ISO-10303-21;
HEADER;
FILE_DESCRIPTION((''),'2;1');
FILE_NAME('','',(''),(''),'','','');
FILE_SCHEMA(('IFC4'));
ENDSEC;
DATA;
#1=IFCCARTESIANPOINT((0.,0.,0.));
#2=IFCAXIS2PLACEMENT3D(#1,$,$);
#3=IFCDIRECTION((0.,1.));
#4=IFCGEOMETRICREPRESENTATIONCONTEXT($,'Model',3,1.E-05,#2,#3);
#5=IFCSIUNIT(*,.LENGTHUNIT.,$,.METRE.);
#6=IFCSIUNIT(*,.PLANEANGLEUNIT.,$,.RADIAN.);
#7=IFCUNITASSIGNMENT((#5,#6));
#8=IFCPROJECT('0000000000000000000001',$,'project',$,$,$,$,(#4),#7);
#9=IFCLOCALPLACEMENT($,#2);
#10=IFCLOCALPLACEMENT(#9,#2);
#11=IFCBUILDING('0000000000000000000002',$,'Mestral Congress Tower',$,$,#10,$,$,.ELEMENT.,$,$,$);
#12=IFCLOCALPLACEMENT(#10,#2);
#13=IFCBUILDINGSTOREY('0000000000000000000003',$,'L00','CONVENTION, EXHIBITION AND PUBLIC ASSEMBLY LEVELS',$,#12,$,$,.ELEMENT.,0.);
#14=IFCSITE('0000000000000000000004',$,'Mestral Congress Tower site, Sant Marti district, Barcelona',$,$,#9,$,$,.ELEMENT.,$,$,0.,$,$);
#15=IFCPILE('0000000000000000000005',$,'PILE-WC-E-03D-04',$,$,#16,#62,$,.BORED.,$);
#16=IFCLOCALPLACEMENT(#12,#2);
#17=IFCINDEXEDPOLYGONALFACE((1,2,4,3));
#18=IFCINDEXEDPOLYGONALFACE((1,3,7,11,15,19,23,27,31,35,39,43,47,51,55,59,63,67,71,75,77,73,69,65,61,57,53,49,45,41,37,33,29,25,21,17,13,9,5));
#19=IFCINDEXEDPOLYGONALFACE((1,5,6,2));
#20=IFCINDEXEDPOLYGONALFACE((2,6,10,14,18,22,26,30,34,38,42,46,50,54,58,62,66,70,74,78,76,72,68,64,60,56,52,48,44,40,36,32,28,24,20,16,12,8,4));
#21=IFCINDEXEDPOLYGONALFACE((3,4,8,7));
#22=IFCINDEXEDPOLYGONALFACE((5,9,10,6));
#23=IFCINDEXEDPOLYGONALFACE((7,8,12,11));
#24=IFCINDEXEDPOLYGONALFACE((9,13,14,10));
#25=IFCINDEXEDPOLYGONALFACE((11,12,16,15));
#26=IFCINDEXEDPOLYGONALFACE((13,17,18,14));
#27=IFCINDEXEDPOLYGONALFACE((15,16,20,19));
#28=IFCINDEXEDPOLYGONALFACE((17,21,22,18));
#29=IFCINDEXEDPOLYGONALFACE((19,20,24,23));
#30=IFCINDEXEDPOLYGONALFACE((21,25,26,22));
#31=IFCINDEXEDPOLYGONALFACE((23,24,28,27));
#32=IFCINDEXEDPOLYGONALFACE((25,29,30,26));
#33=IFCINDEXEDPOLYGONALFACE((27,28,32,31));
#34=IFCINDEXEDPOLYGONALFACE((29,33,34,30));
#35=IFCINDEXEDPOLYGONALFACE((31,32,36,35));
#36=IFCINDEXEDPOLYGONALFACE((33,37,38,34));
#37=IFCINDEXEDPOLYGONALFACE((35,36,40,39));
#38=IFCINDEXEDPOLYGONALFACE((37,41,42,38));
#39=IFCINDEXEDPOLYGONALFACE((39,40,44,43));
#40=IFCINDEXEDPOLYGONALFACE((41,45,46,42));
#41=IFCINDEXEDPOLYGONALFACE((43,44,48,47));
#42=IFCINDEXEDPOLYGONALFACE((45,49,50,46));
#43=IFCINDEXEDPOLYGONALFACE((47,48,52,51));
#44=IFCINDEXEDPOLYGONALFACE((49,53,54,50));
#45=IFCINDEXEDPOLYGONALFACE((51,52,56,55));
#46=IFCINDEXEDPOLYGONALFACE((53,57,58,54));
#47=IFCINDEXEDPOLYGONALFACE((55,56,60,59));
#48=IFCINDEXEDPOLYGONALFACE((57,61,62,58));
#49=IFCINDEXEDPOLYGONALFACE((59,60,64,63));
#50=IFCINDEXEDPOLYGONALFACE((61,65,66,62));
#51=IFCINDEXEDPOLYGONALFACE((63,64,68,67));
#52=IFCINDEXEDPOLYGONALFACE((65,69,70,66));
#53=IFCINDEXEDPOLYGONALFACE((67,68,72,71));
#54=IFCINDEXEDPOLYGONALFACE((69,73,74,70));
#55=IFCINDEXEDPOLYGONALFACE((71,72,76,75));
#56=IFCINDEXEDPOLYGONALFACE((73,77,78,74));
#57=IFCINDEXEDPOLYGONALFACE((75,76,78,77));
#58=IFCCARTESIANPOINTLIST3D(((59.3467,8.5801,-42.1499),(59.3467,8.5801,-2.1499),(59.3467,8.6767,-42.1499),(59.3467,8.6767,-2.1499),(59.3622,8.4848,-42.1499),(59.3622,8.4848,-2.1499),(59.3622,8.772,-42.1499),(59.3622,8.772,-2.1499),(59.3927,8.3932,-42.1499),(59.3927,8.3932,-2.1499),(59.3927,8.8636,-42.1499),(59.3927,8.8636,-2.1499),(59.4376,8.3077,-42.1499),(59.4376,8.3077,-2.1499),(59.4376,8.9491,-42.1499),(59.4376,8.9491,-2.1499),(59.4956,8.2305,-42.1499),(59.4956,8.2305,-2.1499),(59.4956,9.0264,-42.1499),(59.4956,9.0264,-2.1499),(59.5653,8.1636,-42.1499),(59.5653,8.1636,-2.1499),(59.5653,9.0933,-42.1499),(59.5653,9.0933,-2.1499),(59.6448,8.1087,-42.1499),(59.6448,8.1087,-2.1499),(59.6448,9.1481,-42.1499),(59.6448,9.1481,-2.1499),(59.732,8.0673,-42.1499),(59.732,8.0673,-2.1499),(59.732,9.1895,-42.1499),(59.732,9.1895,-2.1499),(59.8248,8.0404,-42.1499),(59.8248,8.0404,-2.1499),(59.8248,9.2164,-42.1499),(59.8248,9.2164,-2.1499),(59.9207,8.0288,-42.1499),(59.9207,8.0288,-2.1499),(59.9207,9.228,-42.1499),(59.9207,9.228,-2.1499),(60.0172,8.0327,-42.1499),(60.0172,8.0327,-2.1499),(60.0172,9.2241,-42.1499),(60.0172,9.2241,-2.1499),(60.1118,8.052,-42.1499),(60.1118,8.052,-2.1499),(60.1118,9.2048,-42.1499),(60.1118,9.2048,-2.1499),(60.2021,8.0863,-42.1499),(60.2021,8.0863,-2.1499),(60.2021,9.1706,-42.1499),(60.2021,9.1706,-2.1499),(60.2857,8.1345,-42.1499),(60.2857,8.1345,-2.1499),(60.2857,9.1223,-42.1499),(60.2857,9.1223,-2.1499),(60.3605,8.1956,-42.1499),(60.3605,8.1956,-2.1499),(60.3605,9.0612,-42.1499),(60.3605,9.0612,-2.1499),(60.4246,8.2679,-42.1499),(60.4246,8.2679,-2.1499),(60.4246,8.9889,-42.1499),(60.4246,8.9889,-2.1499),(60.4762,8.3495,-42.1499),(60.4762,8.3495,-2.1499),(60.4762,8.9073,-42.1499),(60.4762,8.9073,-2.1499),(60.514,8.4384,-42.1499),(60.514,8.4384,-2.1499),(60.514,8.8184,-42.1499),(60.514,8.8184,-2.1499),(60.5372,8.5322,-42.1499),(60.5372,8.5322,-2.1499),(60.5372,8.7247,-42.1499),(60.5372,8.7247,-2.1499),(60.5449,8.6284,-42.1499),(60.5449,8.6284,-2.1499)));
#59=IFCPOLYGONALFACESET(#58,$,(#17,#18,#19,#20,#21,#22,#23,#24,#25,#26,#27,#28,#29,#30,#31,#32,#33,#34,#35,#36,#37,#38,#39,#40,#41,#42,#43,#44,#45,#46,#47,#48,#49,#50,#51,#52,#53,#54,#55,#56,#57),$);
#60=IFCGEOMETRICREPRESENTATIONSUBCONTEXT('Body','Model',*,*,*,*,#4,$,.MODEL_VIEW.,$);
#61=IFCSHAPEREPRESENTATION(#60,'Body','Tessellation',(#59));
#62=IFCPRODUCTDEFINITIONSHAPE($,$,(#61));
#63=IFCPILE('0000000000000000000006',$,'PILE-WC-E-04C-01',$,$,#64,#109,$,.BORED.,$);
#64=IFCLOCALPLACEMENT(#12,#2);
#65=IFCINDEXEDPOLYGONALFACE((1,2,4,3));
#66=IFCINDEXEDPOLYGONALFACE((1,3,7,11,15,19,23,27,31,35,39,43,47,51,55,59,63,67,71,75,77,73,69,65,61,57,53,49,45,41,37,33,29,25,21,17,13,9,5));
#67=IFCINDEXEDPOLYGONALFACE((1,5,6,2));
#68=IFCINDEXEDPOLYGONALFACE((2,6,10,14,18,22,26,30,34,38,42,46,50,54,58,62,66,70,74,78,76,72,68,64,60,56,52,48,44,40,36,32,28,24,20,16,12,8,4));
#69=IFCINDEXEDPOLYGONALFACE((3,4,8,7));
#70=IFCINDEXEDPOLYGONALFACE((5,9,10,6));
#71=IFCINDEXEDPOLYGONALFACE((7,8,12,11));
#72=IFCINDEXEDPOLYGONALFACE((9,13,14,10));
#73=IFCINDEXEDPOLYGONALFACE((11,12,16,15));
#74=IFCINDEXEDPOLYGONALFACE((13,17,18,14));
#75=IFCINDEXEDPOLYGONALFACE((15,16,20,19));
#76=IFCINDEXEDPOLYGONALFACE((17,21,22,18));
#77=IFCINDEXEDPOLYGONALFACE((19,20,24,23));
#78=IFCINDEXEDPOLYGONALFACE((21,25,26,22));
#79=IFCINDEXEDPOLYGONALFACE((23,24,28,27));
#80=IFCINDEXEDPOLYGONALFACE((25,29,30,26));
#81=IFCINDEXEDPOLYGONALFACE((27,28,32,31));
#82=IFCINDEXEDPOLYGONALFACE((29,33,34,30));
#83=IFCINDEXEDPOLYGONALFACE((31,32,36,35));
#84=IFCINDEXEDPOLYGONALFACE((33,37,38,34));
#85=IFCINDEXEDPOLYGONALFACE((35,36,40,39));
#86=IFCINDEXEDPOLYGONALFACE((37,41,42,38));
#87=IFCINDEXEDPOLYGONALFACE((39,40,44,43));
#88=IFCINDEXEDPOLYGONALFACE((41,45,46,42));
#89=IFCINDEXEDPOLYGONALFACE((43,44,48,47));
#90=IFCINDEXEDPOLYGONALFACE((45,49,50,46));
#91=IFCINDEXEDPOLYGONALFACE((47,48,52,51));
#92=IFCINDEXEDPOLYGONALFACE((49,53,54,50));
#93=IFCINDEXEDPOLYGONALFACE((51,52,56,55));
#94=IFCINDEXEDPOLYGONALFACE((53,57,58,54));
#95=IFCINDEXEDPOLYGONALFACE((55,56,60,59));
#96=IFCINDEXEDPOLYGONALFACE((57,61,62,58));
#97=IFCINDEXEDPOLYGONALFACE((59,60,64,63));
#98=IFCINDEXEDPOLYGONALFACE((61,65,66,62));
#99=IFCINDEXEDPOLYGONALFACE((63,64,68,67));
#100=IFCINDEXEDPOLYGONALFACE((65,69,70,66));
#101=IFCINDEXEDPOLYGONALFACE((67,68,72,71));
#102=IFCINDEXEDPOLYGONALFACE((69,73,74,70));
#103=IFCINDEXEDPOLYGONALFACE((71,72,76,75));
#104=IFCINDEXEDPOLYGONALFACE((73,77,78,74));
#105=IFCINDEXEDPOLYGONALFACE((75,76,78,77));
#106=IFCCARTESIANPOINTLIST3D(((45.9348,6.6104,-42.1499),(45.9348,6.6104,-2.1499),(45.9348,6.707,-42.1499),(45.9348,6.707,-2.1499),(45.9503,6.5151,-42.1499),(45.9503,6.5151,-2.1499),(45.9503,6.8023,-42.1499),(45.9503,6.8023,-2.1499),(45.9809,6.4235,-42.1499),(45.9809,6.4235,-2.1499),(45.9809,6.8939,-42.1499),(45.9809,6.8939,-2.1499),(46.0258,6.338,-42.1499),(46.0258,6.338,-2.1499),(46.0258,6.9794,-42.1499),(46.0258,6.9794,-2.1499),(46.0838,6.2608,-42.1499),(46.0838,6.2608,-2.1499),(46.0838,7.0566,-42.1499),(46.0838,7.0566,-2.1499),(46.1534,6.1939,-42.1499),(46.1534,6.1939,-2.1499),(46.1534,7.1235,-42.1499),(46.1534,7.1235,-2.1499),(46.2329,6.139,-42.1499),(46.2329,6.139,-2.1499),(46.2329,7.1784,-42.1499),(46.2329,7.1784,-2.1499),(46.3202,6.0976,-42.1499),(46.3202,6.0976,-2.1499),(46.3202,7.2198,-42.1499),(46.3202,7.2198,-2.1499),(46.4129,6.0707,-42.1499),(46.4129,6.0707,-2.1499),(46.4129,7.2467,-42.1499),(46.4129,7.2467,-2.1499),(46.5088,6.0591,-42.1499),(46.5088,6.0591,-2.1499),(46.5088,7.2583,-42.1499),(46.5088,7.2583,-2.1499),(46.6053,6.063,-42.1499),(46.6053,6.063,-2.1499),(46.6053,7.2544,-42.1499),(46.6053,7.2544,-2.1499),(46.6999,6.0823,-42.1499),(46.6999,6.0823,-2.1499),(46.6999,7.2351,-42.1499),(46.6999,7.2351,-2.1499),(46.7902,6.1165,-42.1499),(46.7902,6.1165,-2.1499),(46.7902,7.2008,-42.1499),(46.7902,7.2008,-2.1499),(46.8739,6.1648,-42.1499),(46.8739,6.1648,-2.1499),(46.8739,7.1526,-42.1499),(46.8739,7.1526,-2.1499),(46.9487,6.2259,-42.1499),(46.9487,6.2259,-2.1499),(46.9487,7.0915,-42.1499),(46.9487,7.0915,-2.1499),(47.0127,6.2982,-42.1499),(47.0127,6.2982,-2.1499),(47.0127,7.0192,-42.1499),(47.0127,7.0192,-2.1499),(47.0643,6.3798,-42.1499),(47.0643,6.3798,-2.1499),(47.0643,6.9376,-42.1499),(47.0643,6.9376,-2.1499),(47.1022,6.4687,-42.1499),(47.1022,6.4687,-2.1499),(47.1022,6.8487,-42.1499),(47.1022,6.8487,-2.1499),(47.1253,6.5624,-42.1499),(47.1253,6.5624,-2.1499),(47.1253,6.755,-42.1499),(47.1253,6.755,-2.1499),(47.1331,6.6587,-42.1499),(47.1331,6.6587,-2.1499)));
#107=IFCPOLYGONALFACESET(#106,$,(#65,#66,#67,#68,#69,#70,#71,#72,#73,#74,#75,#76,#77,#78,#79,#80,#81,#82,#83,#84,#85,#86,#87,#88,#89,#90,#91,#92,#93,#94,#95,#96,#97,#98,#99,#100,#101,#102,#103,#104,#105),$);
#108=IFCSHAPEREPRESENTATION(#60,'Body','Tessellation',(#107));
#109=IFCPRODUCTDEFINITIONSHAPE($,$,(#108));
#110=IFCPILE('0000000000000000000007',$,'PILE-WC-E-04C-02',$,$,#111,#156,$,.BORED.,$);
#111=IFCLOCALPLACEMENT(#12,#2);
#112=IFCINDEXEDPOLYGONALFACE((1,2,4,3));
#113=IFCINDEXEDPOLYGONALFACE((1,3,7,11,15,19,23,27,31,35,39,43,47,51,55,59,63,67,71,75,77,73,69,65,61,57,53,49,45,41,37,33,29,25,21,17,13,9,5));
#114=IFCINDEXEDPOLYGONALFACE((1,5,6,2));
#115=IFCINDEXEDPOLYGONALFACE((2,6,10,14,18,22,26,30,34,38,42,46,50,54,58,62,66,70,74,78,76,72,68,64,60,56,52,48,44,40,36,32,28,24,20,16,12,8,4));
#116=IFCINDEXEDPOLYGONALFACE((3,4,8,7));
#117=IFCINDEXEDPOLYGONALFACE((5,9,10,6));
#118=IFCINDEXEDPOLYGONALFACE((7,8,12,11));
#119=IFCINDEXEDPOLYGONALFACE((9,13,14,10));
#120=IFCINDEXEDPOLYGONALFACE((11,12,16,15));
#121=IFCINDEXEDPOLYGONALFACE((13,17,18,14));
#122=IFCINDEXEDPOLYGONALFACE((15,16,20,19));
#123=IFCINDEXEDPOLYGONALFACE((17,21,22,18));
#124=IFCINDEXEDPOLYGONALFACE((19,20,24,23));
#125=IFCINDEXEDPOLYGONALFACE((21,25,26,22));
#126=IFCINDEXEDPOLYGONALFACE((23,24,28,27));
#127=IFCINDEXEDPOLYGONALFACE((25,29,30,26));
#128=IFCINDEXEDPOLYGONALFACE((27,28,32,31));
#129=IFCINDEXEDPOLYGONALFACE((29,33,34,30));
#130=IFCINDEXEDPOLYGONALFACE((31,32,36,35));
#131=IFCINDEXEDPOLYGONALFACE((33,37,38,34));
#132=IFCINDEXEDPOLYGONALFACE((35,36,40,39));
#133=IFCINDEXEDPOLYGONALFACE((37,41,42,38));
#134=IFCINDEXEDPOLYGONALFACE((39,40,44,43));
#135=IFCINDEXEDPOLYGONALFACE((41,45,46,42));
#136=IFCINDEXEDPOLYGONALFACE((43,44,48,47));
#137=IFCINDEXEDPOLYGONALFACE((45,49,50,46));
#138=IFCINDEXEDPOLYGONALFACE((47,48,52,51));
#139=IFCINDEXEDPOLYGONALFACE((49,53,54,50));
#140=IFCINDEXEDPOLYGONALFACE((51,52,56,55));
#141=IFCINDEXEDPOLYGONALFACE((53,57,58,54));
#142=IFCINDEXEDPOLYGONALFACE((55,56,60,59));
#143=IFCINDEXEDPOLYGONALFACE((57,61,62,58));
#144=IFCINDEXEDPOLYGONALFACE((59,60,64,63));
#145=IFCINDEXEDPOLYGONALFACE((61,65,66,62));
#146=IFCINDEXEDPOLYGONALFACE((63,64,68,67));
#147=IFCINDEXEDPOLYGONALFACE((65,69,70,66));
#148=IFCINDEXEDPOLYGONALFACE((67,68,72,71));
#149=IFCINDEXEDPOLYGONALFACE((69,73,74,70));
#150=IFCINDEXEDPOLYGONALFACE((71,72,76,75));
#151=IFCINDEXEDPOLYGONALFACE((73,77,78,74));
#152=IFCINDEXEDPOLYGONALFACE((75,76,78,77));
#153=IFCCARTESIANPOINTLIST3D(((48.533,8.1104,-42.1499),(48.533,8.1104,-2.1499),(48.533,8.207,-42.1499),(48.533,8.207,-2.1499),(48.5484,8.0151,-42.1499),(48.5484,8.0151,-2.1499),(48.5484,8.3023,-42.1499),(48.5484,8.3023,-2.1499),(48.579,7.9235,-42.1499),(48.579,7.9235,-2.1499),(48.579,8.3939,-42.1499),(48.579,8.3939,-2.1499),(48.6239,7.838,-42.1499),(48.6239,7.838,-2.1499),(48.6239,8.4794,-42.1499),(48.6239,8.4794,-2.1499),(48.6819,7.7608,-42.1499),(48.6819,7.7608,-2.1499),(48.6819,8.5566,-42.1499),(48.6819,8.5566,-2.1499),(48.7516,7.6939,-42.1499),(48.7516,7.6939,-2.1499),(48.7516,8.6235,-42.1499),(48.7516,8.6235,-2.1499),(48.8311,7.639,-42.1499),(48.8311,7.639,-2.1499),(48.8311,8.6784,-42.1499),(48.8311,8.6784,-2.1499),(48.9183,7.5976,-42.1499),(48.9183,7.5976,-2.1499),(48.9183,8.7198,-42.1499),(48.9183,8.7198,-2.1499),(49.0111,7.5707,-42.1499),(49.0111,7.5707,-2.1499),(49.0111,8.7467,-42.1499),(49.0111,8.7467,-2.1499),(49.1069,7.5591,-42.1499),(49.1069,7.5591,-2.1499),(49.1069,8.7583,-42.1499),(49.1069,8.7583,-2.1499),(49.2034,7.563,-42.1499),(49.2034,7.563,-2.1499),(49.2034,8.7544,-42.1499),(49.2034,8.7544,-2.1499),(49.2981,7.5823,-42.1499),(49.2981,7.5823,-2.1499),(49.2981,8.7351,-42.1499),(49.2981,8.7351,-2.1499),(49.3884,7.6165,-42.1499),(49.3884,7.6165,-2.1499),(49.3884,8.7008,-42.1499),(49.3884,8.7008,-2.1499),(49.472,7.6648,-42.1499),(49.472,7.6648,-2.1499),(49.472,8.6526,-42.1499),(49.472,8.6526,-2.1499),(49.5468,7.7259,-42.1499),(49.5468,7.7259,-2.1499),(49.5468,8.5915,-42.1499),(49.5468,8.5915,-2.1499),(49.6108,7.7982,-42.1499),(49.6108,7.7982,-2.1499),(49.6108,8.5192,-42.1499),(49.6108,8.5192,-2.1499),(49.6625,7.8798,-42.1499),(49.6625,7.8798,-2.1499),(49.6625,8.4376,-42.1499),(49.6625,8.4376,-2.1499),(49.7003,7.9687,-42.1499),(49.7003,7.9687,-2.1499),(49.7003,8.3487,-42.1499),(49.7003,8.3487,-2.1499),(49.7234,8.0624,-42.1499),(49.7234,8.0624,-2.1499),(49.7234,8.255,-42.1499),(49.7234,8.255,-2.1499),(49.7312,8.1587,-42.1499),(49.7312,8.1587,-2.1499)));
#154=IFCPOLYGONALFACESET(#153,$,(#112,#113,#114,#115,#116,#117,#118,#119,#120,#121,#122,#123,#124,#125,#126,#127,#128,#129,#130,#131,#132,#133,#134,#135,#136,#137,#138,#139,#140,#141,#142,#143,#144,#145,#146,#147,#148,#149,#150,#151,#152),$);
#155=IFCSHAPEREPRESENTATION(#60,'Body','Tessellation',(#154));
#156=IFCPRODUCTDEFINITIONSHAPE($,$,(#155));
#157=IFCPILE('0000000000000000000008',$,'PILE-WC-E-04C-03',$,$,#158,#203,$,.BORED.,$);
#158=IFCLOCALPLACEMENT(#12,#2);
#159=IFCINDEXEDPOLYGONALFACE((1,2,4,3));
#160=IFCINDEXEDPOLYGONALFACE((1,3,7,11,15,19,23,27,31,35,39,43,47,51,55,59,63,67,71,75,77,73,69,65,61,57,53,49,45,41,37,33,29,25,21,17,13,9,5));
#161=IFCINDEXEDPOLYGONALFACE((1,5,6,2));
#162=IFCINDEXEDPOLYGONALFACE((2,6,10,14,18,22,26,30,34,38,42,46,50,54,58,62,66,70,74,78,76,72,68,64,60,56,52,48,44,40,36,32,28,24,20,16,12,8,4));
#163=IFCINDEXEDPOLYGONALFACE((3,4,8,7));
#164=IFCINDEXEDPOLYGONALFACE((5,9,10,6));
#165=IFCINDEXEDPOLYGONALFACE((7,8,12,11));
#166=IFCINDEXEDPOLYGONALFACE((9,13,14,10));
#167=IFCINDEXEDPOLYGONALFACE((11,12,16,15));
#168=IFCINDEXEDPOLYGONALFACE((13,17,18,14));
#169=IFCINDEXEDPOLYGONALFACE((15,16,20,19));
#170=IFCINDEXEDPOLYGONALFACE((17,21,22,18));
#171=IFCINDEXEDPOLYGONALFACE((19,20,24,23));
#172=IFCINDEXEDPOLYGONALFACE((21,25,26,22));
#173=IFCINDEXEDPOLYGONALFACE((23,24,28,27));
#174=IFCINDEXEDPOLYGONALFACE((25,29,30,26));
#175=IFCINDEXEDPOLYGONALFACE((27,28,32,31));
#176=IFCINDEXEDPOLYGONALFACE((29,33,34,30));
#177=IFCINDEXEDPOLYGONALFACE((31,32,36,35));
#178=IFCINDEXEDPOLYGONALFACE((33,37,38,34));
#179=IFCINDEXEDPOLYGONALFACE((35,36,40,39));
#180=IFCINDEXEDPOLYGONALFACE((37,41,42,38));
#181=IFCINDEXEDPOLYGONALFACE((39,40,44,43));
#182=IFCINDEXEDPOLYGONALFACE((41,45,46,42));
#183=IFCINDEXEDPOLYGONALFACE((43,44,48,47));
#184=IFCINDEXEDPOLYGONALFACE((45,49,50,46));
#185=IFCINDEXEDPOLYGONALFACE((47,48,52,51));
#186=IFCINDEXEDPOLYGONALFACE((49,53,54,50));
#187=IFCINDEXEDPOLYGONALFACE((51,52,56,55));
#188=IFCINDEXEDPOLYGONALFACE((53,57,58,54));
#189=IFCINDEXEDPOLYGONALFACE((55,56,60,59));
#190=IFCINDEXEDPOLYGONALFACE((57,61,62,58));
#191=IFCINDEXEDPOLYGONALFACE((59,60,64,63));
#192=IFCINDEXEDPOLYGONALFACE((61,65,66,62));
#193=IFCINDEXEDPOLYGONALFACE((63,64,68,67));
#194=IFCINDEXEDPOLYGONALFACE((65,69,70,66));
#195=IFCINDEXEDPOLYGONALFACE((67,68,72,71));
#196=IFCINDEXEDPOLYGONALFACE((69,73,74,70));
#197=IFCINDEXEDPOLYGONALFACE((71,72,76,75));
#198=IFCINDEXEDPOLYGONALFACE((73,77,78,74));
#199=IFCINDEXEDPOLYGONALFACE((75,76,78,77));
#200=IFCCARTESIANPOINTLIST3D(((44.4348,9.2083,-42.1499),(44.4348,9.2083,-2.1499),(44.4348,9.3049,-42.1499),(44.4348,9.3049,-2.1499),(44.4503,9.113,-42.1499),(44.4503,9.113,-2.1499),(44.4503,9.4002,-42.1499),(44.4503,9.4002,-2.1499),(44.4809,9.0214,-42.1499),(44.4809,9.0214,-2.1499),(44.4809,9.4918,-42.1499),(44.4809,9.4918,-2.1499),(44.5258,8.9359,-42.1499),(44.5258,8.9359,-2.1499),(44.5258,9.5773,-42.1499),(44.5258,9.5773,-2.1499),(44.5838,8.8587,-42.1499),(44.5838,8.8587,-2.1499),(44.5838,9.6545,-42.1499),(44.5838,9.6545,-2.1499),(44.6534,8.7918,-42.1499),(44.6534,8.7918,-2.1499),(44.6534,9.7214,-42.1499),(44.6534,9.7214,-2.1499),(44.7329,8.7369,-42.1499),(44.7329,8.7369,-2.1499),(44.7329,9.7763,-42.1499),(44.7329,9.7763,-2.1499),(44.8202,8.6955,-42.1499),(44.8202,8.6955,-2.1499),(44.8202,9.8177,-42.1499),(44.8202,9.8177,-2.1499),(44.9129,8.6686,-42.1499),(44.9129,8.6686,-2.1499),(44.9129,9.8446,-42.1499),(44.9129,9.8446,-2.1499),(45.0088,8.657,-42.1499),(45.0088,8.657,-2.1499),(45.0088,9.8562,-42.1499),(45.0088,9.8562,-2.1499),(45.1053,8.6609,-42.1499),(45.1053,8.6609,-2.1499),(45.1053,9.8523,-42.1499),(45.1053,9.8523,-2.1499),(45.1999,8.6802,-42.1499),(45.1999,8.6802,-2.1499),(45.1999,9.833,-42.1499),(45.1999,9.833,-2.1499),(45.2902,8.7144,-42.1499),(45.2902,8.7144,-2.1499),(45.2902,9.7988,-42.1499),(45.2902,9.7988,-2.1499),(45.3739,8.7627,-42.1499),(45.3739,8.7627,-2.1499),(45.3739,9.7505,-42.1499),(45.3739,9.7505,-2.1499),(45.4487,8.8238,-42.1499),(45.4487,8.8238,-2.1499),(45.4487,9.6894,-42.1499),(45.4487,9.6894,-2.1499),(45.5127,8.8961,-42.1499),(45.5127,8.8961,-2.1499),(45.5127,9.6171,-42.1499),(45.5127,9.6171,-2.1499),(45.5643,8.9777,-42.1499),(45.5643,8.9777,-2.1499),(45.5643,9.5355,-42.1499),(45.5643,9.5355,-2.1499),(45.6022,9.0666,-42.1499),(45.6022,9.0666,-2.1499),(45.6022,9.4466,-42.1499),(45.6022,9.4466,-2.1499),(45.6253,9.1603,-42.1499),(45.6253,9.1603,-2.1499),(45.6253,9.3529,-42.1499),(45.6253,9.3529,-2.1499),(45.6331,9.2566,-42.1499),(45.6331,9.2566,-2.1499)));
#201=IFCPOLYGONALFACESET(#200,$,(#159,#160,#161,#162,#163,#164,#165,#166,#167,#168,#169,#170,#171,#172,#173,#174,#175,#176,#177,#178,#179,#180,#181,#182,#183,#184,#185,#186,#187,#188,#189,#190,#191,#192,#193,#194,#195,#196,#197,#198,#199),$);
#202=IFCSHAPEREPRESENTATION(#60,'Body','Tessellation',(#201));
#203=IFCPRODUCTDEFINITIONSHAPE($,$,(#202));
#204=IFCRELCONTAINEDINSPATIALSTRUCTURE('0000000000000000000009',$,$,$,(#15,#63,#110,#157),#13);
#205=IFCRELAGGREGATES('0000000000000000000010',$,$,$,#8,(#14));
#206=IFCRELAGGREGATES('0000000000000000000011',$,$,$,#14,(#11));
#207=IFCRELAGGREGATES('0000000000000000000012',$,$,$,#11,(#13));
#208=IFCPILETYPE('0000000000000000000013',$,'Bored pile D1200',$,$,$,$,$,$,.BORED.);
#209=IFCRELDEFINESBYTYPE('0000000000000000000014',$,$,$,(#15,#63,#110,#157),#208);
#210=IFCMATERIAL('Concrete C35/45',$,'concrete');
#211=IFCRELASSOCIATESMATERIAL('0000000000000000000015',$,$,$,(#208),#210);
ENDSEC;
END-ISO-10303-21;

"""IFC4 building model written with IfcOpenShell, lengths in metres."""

from ifc_helpers import new_model, si_unit, direction, frame, origin, origin_2d, place, context, subcontext, project, spatial, circle, extrude, material, material_profile, profile_set, type_object, element, save


model = new_model("IFC4")

# Units and contexts
model_context = context("Model", 3, precision=1e-05, world=origin(), true_north=direction((0.0, 1.0)))
body_context = subcontext(model_context, "Body", "Model", "MODEL_VIEW")
ifc_project = project(units=[si_unit("LENGTHUNIT", "METRE"), si_unit("PLANEANGLEUNIT", "RADIAN")], contexts=[model_context])

# Site, building, storey
site_placement = place(None, origin())
site = spatial("IfcSite", under=ifc_project, at=site_placement, Name="Mestral Congress Tower site, Sant Marti district, Barcelona", CompositionType="ELEMENT", RefElevation=0.0)
building_placement = place(site_placement, origin())
building = spatial("IfcBuilding", under=site, at=building_placement, Name="Mestral Congress Tower", CompositionType="ELEMENT")
storey_placement = place(building_placement, origin())
storey = spatial("IfcBuildingStorey", under=building, at=storey_placement, Name="L00", Description="CONVENTION, EXHIBITION AND PUBLIC ASSEMBLY LEVELS", CompositionType="ELEMENT", Elevation=0.0)

# Piles
ifc_material_1 = material(Name="Concrete C35/45", Category="concrete")
ifc_material_profile_1 = material_profile(ifc_material_1, circle(Radius=0.6001, at=origin_2d()), Name="D1200")
ifc_profile_set_1 = profile_set([ifc_material_profile_1], Name="Concrete C35/45")
pile_type = type_object("IfcPileType", Name="Bored pile D1200", PredefinedType="BORED", material=ifc_profile_set_1)
for number, where, z_axis, x_axis, name in (
    (1, (59.9448, 8.6284, -2.1499), (0.0, 0.0, -1.0), (1.0, 0.0, 0.0), "PILE-WC-E-03D-04"),
    (2, (46.533, 6.6587, -2.1499), (0.0, 0.0, -1.0), (1.0, 0.0, 0.0), "PILE-WC-E-04C-01"),
    (3, (49.1311, 8.1587, -2.1499), (0.0, 0.0, -1.0), (1.0, 0.0, 0.0), "PILE-WC-E-04C-02"),
    (4, (45.033, 9.2566, -2.1499), (0.0, 0.0, -1.0), (1.0, 0.0, 0.0), "PILE-WC-E-04C-03"),
):
    element("IfcPile", number, at=place(storey_placement, frame(where, z_axis=z_axis, x_axis=x_axis)), inside=storey, type_object=pile_type, Name=name, PredefinedType="BORED", context=body_context, shape_type="SweptSolid", body=[
        extrude(circle(Radius=0.6001, at=origin_2d()), origin(), (0.0, 0.0, 1.0), 40.0),
    ])

save(model, "model.ifc")
